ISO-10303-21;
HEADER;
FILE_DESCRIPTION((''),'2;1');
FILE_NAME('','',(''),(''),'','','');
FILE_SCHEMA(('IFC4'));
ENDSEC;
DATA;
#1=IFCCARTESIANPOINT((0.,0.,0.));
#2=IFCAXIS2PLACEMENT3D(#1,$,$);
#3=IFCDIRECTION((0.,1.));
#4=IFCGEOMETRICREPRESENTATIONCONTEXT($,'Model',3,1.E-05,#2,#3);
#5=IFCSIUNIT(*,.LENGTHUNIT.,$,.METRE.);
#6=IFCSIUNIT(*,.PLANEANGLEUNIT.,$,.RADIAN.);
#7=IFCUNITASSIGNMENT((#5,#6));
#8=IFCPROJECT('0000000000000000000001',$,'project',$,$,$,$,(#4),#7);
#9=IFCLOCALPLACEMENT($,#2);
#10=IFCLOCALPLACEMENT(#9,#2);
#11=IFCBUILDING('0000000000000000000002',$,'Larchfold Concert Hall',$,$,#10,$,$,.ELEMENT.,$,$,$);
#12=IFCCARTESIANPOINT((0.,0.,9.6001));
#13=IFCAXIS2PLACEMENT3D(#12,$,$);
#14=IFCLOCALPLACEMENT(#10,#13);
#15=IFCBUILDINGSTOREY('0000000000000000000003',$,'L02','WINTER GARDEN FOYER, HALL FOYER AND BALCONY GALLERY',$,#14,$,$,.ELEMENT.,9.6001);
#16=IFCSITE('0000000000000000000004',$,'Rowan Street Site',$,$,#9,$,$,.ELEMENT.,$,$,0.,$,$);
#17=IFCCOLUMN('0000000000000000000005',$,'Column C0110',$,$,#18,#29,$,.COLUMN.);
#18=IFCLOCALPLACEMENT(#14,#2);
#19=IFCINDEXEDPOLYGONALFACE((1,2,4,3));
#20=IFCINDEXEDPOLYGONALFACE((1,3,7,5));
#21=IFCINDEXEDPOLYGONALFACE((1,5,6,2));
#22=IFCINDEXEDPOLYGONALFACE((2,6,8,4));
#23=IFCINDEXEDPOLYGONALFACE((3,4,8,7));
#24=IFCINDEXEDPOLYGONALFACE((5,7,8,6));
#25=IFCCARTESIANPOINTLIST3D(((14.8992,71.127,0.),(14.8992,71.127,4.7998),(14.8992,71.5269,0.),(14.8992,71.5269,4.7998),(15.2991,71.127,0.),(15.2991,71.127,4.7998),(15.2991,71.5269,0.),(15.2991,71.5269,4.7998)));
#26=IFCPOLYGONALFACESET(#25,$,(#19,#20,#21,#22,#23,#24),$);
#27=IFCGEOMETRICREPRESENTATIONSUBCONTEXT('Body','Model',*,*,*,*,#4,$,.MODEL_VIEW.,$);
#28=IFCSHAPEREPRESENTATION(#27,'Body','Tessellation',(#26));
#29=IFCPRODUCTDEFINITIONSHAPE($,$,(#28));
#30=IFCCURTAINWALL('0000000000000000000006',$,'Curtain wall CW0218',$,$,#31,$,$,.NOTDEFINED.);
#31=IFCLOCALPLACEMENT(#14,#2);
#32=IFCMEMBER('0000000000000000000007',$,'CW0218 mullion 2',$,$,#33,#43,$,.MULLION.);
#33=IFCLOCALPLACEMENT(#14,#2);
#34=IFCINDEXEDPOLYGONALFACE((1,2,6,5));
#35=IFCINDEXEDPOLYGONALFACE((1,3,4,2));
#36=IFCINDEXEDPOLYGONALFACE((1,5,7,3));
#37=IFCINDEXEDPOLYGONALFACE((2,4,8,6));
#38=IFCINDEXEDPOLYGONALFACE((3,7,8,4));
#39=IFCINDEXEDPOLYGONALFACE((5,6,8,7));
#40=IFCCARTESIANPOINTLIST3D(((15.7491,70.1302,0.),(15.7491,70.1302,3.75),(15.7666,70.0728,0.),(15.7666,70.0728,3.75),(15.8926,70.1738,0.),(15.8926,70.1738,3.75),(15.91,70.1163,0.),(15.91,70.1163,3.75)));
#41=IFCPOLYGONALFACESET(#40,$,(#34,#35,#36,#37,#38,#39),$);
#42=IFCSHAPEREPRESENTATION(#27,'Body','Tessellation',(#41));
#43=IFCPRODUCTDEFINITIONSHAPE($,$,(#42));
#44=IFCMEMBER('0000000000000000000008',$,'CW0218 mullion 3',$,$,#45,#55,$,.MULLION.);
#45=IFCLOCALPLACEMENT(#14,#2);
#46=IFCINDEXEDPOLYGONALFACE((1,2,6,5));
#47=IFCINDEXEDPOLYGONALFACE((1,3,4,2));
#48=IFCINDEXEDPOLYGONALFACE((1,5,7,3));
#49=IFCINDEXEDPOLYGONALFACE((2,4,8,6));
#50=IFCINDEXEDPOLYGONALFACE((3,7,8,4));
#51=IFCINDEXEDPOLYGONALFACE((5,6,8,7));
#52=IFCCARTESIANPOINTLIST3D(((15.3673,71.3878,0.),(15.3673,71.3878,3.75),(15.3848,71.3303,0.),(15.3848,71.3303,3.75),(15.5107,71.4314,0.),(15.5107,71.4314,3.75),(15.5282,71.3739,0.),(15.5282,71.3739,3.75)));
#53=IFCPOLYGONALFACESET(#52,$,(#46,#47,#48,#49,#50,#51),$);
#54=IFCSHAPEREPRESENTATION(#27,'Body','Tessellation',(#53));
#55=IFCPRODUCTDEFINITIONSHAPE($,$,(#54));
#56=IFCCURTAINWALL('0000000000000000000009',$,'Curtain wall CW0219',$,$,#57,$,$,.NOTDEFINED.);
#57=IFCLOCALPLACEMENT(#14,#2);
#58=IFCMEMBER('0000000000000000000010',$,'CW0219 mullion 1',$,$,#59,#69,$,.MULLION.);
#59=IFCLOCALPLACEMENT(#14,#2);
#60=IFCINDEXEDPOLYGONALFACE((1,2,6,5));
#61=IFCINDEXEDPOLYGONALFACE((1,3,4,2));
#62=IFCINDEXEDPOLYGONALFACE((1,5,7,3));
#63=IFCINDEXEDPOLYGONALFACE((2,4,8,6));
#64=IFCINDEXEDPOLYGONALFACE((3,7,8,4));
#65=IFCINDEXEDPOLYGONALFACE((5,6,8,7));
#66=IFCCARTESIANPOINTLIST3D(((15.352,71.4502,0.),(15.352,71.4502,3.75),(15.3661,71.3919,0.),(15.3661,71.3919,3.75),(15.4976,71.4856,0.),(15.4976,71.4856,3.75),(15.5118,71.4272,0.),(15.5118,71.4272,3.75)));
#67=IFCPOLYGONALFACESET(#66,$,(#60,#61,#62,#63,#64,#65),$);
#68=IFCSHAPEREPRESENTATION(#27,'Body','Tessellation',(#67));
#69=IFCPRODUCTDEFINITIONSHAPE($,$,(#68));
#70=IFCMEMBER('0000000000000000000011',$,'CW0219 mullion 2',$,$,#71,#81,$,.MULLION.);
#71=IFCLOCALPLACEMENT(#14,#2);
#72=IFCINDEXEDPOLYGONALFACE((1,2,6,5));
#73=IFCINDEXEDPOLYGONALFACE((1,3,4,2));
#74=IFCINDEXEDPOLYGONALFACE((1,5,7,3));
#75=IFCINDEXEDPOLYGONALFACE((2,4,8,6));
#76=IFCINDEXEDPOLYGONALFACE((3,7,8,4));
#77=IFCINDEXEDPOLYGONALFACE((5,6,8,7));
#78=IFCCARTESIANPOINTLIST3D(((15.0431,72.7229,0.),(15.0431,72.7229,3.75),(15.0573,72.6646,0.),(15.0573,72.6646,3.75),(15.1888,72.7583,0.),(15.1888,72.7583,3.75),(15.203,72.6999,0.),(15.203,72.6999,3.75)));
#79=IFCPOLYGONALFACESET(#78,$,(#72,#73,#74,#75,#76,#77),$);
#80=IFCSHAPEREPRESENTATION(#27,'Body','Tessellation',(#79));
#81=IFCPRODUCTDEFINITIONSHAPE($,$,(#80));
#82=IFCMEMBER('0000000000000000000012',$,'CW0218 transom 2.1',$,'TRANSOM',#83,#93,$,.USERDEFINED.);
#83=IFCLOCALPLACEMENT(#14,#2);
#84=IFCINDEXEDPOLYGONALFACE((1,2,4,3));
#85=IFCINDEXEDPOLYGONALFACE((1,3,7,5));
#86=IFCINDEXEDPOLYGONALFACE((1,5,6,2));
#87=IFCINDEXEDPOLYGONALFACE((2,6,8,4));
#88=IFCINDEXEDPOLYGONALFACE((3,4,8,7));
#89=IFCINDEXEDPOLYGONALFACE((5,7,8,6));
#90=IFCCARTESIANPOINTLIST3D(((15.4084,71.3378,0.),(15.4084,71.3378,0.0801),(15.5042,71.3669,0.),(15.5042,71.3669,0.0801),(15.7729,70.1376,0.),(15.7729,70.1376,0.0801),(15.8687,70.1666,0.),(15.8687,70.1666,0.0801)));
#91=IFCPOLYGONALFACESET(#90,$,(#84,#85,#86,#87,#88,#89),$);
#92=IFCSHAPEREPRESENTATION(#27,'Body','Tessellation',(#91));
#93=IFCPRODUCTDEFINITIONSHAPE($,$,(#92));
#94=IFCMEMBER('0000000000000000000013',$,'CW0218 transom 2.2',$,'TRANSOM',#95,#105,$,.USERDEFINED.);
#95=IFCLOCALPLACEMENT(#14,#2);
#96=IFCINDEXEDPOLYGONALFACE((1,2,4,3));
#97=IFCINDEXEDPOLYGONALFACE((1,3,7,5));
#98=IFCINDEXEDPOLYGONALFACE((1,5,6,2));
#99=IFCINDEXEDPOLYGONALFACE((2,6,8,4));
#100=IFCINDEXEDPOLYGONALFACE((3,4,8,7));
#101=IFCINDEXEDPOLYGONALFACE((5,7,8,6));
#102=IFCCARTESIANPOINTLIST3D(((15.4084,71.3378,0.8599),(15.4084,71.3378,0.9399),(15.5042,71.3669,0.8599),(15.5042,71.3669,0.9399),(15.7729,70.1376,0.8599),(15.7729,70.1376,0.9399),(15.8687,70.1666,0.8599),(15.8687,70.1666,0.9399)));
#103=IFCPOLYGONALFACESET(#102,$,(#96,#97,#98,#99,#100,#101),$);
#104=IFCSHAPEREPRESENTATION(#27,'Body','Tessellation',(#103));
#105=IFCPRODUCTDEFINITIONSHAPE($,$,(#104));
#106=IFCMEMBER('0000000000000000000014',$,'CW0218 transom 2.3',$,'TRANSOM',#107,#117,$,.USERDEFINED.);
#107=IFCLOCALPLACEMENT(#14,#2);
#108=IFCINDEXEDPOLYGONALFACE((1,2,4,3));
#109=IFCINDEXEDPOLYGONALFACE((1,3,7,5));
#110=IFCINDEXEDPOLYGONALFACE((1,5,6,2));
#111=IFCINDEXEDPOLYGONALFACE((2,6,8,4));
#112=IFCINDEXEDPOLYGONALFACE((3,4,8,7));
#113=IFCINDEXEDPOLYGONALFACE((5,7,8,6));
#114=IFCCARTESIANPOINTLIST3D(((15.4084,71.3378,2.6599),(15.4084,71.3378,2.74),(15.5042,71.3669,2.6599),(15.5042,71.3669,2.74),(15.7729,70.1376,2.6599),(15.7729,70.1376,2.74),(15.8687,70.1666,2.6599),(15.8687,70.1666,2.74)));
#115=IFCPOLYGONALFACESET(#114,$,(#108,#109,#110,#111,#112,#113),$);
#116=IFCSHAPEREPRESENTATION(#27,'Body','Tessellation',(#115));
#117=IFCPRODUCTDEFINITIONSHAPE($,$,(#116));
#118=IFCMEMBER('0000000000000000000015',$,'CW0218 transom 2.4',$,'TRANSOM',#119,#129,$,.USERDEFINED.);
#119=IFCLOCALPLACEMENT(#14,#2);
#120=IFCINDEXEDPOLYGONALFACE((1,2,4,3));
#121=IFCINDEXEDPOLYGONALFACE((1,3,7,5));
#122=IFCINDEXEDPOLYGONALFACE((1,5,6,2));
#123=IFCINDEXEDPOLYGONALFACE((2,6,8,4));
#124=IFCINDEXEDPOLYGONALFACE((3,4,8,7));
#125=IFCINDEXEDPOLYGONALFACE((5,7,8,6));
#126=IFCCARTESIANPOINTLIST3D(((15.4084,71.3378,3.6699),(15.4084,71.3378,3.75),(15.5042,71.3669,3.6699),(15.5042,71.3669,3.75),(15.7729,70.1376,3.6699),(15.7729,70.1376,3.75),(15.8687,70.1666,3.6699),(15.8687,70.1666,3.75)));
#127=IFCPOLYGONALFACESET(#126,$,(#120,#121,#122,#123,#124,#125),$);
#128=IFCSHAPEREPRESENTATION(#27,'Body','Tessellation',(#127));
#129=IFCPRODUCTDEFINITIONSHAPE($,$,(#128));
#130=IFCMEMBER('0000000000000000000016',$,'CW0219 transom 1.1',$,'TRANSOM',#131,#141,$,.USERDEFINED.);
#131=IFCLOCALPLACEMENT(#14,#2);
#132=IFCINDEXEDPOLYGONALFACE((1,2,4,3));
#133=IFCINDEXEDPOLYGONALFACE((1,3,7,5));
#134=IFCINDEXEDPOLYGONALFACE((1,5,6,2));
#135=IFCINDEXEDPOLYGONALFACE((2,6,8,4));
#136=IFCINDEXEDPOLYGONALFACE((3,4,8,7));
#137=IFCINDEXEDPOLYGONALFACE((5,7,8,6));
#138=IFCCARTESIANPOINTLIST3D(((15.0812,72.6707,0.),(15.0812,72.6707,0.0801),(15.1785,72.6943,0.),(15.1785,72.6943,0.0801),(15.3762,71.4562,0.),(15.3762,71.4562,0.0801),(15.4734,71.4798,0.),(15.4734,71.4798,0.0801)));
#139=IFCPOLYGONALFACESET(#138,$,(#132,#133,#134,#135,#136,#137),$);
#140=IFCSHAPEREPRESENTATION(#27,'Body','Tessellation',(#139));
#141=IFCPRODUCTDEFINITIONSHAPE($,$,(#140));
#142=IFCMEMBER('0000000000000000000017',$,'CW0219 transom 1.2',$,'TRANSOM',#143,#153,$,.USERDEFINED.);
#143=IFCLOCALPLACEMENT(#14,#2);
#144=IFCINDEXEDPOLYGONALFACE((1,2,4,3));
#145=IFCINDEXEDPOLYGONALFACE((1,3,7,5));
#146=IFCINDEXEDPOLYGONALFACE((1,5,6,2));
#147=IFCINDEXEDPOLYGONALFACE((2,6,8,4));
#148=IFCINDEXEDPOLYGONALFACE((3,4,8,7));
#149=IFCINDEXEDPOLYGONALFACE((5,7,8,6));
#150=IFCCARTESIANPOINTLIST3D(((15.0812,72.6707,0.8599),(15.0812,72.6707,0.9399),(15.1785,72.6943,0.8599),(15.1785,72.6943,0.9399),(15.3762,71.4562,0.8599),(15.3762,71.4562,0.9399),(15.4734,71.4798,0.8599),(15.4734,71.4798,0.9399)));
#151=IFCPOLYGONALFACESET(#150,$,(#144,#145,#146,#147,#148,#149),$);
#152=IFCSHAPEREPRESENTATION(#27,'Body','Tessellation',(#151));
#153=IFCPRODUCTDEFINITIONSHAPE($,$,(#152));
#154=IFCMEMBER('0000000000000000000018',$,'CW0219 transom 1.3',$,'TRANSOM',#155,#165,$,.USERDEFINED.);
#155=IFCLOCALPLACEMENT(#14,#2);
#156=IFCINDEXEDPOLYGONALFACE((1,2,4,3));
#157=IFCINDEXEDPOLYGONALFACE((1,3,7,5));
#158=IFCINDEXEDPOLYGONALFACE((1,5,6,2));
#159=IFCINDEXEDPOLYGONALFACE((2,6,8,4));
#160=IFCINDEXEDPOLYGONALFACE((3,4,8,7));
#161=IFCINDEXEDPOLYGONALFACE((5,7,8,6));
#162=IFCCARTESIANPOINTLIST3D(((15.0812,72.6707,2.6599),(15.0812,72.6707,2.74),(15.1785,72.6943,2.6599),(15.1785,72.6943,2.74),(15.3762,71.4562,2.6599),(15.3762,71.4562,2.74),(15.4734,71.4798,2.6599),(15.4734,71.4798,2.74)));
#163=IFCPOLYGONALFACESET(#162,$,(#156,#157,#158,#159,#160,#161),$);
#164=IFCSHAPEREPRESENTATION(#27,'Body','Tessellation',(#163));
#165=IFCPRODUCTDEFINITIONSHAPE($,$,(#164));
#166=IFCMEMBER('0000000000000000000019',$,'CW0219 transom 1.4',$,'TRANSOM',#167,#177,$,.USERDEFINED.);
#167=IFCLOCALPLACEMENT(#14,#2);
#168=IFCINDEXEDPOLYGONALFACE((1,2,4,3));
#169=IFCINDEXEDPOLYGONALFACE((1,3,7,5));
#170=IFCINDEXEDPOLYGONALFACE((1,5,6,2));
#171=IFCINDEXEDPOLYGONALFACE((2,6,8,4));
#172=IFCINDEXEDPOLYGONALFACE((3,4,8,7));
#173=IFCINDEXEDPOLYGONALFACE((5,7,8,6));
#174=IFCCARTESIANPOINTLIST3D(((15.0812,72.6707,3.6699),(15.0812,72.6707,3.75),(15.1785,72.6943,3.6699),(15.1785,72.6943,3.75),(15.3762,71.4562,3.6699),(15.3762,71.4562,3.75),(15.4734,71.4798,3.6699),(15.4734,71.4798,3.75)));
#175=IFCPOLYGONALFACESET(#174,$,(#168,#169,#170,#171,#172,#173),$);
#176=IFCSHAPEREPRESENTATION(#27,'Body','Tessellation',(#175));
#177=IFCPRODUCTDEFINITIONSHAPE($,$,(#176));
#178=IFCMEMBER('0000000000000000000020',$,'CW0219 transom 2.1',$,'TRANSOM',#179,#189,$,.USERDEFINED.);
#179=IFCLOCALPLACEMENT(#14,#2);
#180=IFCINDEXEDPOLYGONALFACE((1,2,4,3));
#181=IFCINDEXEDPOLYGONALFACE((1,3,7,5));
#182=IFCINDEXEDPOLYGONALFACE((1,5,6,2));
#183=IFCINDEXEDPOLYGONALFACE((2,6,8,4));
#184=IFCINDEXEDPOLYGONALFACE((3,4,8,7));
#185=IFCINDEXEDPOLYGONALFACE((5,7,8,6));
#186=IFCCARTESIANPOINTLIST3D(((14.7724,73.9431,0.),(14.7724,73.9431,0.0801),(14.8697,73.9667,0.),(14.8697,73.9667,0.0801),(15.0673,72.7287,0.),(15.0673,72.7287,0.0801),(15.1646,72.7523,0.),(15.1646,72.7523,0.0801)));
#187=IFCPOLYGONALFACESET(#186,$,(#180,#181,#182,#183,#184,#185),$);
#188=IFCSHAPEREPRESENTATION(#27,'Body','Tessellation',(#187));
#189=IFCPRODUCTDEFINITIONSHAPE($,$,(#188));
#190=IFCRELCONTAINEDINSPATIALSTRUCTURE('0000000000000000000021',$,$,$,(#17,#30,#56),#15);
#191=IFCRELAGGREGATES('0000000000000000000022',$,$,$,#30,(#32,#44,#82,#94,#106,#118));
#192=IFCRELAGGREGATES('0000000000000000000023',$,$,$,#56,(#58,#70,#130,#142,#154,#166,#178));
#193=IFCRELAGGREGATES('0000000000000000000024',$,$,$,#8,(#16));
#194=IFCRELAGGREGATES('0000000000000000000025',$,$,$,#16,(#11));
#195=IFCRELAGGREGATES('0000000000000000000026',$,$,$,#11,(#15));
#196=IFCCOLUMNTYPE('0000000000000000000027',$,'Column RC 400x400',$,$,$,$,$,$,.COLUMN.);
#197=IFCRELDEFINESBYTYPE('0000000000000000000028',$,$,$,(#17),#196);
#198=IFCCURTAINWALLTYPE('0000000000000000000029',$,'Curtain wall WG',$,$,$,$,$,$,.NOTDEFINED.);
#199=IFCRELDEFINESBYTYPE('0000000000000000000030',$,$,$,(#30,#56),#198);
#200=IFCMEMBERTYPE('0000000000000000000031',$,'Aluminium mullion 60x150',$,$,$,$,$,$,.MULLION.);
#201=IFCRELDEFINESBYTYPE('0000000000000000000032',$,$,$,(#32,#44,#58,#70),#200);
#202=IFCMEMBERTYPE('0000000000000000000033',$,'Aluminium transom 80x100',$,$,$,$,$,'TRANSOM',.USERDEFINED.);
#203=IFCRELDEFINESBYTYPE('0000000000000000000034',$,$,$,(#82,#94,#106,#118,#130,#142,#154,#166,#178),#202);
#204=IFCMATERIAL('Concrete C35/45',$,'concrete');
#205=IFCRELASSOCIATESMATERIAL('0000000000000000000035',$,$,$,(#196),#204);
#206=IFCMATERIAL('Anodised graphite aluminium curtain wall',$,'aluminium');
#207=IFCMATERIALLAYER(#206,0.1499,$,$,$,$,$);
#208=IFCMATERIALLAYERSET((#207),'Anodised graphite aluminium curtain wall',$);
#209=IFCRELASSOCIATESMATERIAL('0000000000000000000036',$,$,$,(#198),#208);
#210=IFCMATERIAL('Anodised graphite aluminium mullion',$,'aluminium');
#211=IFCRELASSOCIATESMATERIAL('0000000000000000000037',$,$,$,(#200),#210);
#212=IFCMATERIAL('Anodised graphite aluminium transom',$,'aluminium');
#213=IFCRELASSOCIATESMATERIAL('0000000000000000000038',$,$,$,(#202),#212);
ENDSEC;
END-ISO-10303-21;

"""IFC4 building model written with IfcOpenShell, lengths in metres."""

from ifc_helpers import new_model, si_unit, direction, frame, origin, origin_2d, place, context, subcontext, project, spatial, rectangle, extrude, material, layer, layer_set, material_profile, profile_set, type_object, element, aggregate, save


model = new_model("IFC4")

# Units and contexts
model_context = context("Model", 3, precision=1e-05, world=origin(), true_north=direction((0.0, 1.0)))
body_context = subcontext(model_context, "Body", "Model", "MODEL_VIEW")
ifc_project = project(units=[si_unit("LENGTHUNIT", "METRE"), si_unit("PLANEANGLEUNIT", "RADIAN")], contexts=[model_context])

# Site, building, storey
site_placement = place(None, origin())
site = spatial("IfcSite", under=ifc_project, at=site_placement, Name="Rowan Street Site", CompositionType="ELEMENT", RefElevation=0.0)
building_placement = place(site_placement, origin())
building = spatial("IfcBuilding", under=site, at=building_placement, Name="Larchfold Concert Hall", CompositionType="ELEMENT")
storey_placement = place(building_placement, frame((0.0, 0.0, 9.6001)))
storey = spatial("IfcBuildingStorey", under=building, at=storey_placement, Name="L02", Description="WINTER GARDEN FOYER, HALL FOYER AND BALCONY GALLERY", CompositionType="ELEMENT", Elevation=9.6001)

# Column
ifc_material_1 = material(Name="Concrete C35/45", Category="concrete")
ifc_material_profile_1 = material_profile(ifc_material_1, rectangle(XDim=0.3999, YDim=0.3999, at=origin_2d()))
ifc_profile_set_1 = profile_set([ifc_material_profile_1], Name="Concrete C35/45")
column_type = type_object("IfcColumnType", Name="Column RC 400x400", PredefinedType="COLUMN", material=ifc_profile_set_1)
column_placement = place(storey_placement, frame((15.0991, 71.3269, 0.0), z_axis=(0.0, 0.0, 1.0), x_axis=(1.0, 0.0, 0.0)))
element("IfcColumn", 1, at=column_placement, inside=storey, type_object=column_type, Name="Column C0110", PredefinedType="COLUMN", context=body_context, shape_type="SweptSolid", body=[
    extrude(rectangle(XDim=0.3999, YDim=0.3999, at=origin_2d()), origin(), (0.0, 0.0, 1.0), 4.7998),
])

# Curtain walls, members
ifc_material_2 = material(Name="Anodised graphite aluminium curtain wall", Category="aluminium")
ifc_layer_1 = layer(ifc_material_2, 0.1499)
ifc_layer_set_1 = layer_set([ifc_layer_1], Name="Anodised graphite aluminium curtain wall")
curtain_wall_type = type_object("IfcCurtainWallType", Name="Curtain wall WG", PredefinedType="NOTDEFINED", material=ifc_layer_set_1)
curtain_wall_1_placement = place(storey_placement, origin())
curtain_wall_1 = element("IfcCurtainWall", 2, at=curtain_wall_1_placement, inside=storey, type_object=curtain_wall_type, Name="Curtain wall CW0218", PredefinedType="NOTDEFINED")
ifc_material_3 = material(Name="Anodised graphite aluminium mullion", Category="aluminium")
ifc_material_profile_2 = material_profile(ifc_material_3, rectangle(XDim=0.1499, YDim=0.0601, at=origin_2d()))
ifc_profile_set_2 = profile_set([ifc_material_profile_2], Name="Anodised graphite aluminium mullion")
member_type_1 = type_object("IfcMemberType", Name="Aluminium mullion 60x150", PredefinedType="MULLION", material=ifc_profile_set_2)
member_1_placement = place(storey_placement, frame((15.8296, 70.1233, 0.0), z_axis=(0.0, 0.0, 1.0), x_axis=(-0.956856, -0.290562, 0.0)))
member_1 = element("IfcMember", 3, at=member_1_placement, type_object=member_type_1, Name="CW0218 mullion 2", PredefinedType="MULLION", context=body_context, shape_type="SweptSolid", body=[
    extrude(rectangle(XDim=0.1499, YDim=0.0601, at=origin_2d()), origin(), (0.0, 0.0, 1.0), 3.75),
])
member_2_placement = place(storey_placement, frame((15.4478, 71.3809, 0.0), z_axis=(0.0, 0.0, 1.0), x_axis=(-0.956856, -0.290562, 0.0)))
member_2 = element("IfcMember", 4, at=member_2_placement, type_object=member_type_1, Name="CW0218 mullion 3", PredefinedType="MULLION", context=body_context, shape_type="SweptSolid", body=[
    extrude(rectangle(XDim=0.1499, YDim=0.0601, at=origin_2d()), origin(), (0.0, 0.0, 1.0), 3.75),
])
curtain_wall_2_placement = place(storey_placement, origin())
curtain_wall_2 = element("IfcCurtainWall", 5, at=curtain_wall_2_placement, inside=storey, type_object=curtain_wall_type, Name="Curtain wall CW0219", PredefinedType="NOTDEFINED")
member_3_placement = place(storey_placement, frame((15.4319, 71.4387, 0.0), z_axis=(0.0, 0.0, 1.0), x_axis=(-0.971771, -0.235926, 0.0)))
member_3 = element("IfcMember", 6, at=member_3_placement, type_object=member_type_1, Name="CW0219 mullion 1", PredefinedType="MULLION", context=body_context, shape_type="SweptSolid", body=[
    extrude(rectangle(XDim=0.1499, YDim=0.0601, at=origin_2d()), origin(), (0.0, 0.0, 1.0), 3.75),
])
member_4_placement = place(storey_placement, frame((15.123, 72.7114, 0.0), z_axis=(0.0, 0.0, 1.0), x_axis=(-0.971771, -0.235926, 0.0)))
member_4 = element("IfcMember", 7, at=member_4_placement, type_object=member_type_1, Name="CW0219 mullion 2", PredefinedType="MULLION", context=body_context, shape_type="SweptSolid", body=[
    extrude(rectangle(XDim=0.1499, YDim=0.0601, at=origin_2d()), origin(), (0.0, 0.0, 1.0), 3.75),
])

# Members
ifc_material_4 = material(Name="Anodised graphite aluminium transom", Category="aluminium")
ifc_material_profile_3 = material_profile(ifc_material_4, rectangle(XDim=0.1001, YDim=0.0801, at=origin_2d()))
ifc_profile_set_3 = profile_set([ifc_material_profile_3], Name="Anodised graphite aluminium transom")
member_type_2 = type_object("IfcMemberType", Name="Aluminium transom 80x100", ElementType="TRANSOM", PredefinedType="USERDEFINED", material=ifc_profile_set_3)
member_5_placement = place(storey_placement, frame((15.8208, 70.1521, 0.04), z_axis=(-0.290596, 0.956846, 0.0), x_axis=(-0.956846, -0.290596, 0.0)))
member_5 = element("IfcMember", 8, at=member_5_placement, type_object=member_type_2, Name="CW0218 transom 2.1", ObjectType="TRANSOM", PredefinedType="USERDEFINED", context=body_context, shape_type="SweptSolid", body=[
    extrude(rectangle(XDim=0.1001, YDim=0.0801, at=origin_2d()), origin(), (0.0, 0.0, 1.0), 1.2544),
])
member_6_placement = place(storey_placement, frame((15.8208, 70.1521, 0.8999), z_axis=(-0.290596, 0.956846, 0.0), x_axis=(-0.956846, -0.290596, 0.0)))
member_6 = element("IfcMember", 9, at=member_6_placement, type_object=member_type_2, Name="CW0218 transom 2.2", ObjectType="TRANSOM", PredefinedType="USERDEFINED", context=body_context, shape_type="SweptSolid", body=[
    extrude(rectangle(XDim=0.1001, YDim=0.0801, at=origin_2d()), origin(), (0.0, 0.0, 1.0), 1.2544),
])
member_7_placement = place(storey_placement, frame((15.8208, 70.1521, 2.7), z_axis=(-0.290596, 0.956846, 0.0), x_axis=(-0.956846, -0.290596, 0.0)))
member_7 = element("IfcMember", 10, at=member_7_placement, type_object=member_type_2, Name="CW0218 transom 2.3", ObjectType="TRANSOM", PredefinedType="USERDEFINED", context=body_context, shape_type="SweptSolid", body=[
    extrude(rectangle(XDim=0.1001, YDim=0.0801, at=origin_2d()), origin(), (0.0, 0.0, 1.0), 1.2544),
])
member_8_placement = place(storey_placement, frame((15.8208, 70.1521, 3.71), z_axis=(-0.290596, 0.956846, 0.0), x_axis=(-0.956846, -0.290596, 0.0)))
member_8 = element("IfcMember", 11, at=member_8_placement, type_object=member_type_2, Name="CW0218 transom 2.4", ObjectType="TRANSOM", PredefinedType="USERDEFINED", context=body_context, shape_type="SweptSolid", body=[
    extrude(rectangle(XDim=0.1001, YDim=0.0801, at=origin_2d()), origin(), (0.0, 0.0, 1.0), 1.2544),
])
member_9_placement = place(storey_placement, frame((15.4248, 71.468, 0.04), z_axis=(-0.236003, 0.971752, 0.0), x_axis=(-0.971752, -0.236003, 0.0)))
member_9 = element("IfcMember", 12, at=member_9_placement, type_object=member_type_2, Name="CW0219 transom 1.1", ObjectType="TRANSOM", PredefinedType="USERDEFINED", context=body_context, shape_type="SweptSolid", body=[
    extrude(rectangle(XDim=0.1001, YDim=0.0801, at=origin_2d()), origin(), (0.0, 0.0, 1.0), 1.2498),
])
member_10_placement = place(storey_placement, frame((15.4248, 71.468, 0.8999), z_axis=(-0.236003, 0.971752, 0.0), x_axis=(-0.971752, -0.236003, 0.0)))
member_10 = element("IfcMember", 13, at=member_10_placement, type_object=member_type_2, Name="CW0219 transom 1.2", ObjectType="TRANSOM", PredefinedType="USERDEFINED", context=body_context, shape_type="SweptSolid", body=[
    extrude(rectangle(XDim=0.1001, YDim=0.0801, at=origin_2d()), origin(), (0.0, 0.0, 1.0), 1.2498),
])
member_11_placement = place(storey_placement, frame((15.4248, 71.468, 2.7), z_axis=(-0.236003, 0.971752, 0.0), x_axis=(-0.971752, -0.236003, 0.0)))
member_11 = element("IfcMember", 14, at=member_11_placement, type_object=member_type_2, Name="CW0219 transom 1.3", ObjectType="TRANSOM", PredefinedType="USERDEFINED", context=body_context, shape_type="SweptSolid", body=[
    extrude(rectangle(XDim=0.1001, YDim=0.0801, at=origin_2d()), origin(), (0.0, 0.0, 1.0), 1.2498),
])
member_12_placement = place(storey_placement, frame((15.4248, 71.468, 3.71), z_axis=(-0.236003, 0.971752, 0.0), x_axis=(-0.971752, -0.236003, 0.0)))
member_12 = element("IfcMember", 15, at=member_12_placement, type_object=member_type_2, Name="CW0219 transom 1.4", ObjectType="TRANSOM", PredefinedType="USERDEFINED", context=body_context, shape_type="SweptSolid", body=[
    extrude(rectangle(XDim=0.1001, YDim=0.0801, at=origin_2d()), origin(), (0.0, 0.0, 1.0), 1.2498),
])
member_13_placement = place(storey_placement, frame((15.116, 72.7405, 0.04), z_axis=(-0.236003, 0.971752, 0.0), x_axis=(-0.971752, -0.236003, 0.0)))
member_13 = element("IfcMember", 16, at=member_13_placement, type_object=member_type_2, Name="CW0219 transom 2.1", ObjectType="TRANSOM", PredefinedType="USERDEFINED", context=body_context, shape_type="SweptSolid", body=[
    extrude(rectangle(XDim=0.1001, YDim=0.0801, at=origin_2d()), origin(), (0.0, 0.0, 1.0), 1.2498),
])

aggregate(curtain_wall_1, [member_1, member_2, member_5, member_6, member_7, member_8])
aggregate(curtain_wall_2, [member_3, member_4, member_9, member_10, member_11, member_12, member_13])

save(model, "model.ifc")
